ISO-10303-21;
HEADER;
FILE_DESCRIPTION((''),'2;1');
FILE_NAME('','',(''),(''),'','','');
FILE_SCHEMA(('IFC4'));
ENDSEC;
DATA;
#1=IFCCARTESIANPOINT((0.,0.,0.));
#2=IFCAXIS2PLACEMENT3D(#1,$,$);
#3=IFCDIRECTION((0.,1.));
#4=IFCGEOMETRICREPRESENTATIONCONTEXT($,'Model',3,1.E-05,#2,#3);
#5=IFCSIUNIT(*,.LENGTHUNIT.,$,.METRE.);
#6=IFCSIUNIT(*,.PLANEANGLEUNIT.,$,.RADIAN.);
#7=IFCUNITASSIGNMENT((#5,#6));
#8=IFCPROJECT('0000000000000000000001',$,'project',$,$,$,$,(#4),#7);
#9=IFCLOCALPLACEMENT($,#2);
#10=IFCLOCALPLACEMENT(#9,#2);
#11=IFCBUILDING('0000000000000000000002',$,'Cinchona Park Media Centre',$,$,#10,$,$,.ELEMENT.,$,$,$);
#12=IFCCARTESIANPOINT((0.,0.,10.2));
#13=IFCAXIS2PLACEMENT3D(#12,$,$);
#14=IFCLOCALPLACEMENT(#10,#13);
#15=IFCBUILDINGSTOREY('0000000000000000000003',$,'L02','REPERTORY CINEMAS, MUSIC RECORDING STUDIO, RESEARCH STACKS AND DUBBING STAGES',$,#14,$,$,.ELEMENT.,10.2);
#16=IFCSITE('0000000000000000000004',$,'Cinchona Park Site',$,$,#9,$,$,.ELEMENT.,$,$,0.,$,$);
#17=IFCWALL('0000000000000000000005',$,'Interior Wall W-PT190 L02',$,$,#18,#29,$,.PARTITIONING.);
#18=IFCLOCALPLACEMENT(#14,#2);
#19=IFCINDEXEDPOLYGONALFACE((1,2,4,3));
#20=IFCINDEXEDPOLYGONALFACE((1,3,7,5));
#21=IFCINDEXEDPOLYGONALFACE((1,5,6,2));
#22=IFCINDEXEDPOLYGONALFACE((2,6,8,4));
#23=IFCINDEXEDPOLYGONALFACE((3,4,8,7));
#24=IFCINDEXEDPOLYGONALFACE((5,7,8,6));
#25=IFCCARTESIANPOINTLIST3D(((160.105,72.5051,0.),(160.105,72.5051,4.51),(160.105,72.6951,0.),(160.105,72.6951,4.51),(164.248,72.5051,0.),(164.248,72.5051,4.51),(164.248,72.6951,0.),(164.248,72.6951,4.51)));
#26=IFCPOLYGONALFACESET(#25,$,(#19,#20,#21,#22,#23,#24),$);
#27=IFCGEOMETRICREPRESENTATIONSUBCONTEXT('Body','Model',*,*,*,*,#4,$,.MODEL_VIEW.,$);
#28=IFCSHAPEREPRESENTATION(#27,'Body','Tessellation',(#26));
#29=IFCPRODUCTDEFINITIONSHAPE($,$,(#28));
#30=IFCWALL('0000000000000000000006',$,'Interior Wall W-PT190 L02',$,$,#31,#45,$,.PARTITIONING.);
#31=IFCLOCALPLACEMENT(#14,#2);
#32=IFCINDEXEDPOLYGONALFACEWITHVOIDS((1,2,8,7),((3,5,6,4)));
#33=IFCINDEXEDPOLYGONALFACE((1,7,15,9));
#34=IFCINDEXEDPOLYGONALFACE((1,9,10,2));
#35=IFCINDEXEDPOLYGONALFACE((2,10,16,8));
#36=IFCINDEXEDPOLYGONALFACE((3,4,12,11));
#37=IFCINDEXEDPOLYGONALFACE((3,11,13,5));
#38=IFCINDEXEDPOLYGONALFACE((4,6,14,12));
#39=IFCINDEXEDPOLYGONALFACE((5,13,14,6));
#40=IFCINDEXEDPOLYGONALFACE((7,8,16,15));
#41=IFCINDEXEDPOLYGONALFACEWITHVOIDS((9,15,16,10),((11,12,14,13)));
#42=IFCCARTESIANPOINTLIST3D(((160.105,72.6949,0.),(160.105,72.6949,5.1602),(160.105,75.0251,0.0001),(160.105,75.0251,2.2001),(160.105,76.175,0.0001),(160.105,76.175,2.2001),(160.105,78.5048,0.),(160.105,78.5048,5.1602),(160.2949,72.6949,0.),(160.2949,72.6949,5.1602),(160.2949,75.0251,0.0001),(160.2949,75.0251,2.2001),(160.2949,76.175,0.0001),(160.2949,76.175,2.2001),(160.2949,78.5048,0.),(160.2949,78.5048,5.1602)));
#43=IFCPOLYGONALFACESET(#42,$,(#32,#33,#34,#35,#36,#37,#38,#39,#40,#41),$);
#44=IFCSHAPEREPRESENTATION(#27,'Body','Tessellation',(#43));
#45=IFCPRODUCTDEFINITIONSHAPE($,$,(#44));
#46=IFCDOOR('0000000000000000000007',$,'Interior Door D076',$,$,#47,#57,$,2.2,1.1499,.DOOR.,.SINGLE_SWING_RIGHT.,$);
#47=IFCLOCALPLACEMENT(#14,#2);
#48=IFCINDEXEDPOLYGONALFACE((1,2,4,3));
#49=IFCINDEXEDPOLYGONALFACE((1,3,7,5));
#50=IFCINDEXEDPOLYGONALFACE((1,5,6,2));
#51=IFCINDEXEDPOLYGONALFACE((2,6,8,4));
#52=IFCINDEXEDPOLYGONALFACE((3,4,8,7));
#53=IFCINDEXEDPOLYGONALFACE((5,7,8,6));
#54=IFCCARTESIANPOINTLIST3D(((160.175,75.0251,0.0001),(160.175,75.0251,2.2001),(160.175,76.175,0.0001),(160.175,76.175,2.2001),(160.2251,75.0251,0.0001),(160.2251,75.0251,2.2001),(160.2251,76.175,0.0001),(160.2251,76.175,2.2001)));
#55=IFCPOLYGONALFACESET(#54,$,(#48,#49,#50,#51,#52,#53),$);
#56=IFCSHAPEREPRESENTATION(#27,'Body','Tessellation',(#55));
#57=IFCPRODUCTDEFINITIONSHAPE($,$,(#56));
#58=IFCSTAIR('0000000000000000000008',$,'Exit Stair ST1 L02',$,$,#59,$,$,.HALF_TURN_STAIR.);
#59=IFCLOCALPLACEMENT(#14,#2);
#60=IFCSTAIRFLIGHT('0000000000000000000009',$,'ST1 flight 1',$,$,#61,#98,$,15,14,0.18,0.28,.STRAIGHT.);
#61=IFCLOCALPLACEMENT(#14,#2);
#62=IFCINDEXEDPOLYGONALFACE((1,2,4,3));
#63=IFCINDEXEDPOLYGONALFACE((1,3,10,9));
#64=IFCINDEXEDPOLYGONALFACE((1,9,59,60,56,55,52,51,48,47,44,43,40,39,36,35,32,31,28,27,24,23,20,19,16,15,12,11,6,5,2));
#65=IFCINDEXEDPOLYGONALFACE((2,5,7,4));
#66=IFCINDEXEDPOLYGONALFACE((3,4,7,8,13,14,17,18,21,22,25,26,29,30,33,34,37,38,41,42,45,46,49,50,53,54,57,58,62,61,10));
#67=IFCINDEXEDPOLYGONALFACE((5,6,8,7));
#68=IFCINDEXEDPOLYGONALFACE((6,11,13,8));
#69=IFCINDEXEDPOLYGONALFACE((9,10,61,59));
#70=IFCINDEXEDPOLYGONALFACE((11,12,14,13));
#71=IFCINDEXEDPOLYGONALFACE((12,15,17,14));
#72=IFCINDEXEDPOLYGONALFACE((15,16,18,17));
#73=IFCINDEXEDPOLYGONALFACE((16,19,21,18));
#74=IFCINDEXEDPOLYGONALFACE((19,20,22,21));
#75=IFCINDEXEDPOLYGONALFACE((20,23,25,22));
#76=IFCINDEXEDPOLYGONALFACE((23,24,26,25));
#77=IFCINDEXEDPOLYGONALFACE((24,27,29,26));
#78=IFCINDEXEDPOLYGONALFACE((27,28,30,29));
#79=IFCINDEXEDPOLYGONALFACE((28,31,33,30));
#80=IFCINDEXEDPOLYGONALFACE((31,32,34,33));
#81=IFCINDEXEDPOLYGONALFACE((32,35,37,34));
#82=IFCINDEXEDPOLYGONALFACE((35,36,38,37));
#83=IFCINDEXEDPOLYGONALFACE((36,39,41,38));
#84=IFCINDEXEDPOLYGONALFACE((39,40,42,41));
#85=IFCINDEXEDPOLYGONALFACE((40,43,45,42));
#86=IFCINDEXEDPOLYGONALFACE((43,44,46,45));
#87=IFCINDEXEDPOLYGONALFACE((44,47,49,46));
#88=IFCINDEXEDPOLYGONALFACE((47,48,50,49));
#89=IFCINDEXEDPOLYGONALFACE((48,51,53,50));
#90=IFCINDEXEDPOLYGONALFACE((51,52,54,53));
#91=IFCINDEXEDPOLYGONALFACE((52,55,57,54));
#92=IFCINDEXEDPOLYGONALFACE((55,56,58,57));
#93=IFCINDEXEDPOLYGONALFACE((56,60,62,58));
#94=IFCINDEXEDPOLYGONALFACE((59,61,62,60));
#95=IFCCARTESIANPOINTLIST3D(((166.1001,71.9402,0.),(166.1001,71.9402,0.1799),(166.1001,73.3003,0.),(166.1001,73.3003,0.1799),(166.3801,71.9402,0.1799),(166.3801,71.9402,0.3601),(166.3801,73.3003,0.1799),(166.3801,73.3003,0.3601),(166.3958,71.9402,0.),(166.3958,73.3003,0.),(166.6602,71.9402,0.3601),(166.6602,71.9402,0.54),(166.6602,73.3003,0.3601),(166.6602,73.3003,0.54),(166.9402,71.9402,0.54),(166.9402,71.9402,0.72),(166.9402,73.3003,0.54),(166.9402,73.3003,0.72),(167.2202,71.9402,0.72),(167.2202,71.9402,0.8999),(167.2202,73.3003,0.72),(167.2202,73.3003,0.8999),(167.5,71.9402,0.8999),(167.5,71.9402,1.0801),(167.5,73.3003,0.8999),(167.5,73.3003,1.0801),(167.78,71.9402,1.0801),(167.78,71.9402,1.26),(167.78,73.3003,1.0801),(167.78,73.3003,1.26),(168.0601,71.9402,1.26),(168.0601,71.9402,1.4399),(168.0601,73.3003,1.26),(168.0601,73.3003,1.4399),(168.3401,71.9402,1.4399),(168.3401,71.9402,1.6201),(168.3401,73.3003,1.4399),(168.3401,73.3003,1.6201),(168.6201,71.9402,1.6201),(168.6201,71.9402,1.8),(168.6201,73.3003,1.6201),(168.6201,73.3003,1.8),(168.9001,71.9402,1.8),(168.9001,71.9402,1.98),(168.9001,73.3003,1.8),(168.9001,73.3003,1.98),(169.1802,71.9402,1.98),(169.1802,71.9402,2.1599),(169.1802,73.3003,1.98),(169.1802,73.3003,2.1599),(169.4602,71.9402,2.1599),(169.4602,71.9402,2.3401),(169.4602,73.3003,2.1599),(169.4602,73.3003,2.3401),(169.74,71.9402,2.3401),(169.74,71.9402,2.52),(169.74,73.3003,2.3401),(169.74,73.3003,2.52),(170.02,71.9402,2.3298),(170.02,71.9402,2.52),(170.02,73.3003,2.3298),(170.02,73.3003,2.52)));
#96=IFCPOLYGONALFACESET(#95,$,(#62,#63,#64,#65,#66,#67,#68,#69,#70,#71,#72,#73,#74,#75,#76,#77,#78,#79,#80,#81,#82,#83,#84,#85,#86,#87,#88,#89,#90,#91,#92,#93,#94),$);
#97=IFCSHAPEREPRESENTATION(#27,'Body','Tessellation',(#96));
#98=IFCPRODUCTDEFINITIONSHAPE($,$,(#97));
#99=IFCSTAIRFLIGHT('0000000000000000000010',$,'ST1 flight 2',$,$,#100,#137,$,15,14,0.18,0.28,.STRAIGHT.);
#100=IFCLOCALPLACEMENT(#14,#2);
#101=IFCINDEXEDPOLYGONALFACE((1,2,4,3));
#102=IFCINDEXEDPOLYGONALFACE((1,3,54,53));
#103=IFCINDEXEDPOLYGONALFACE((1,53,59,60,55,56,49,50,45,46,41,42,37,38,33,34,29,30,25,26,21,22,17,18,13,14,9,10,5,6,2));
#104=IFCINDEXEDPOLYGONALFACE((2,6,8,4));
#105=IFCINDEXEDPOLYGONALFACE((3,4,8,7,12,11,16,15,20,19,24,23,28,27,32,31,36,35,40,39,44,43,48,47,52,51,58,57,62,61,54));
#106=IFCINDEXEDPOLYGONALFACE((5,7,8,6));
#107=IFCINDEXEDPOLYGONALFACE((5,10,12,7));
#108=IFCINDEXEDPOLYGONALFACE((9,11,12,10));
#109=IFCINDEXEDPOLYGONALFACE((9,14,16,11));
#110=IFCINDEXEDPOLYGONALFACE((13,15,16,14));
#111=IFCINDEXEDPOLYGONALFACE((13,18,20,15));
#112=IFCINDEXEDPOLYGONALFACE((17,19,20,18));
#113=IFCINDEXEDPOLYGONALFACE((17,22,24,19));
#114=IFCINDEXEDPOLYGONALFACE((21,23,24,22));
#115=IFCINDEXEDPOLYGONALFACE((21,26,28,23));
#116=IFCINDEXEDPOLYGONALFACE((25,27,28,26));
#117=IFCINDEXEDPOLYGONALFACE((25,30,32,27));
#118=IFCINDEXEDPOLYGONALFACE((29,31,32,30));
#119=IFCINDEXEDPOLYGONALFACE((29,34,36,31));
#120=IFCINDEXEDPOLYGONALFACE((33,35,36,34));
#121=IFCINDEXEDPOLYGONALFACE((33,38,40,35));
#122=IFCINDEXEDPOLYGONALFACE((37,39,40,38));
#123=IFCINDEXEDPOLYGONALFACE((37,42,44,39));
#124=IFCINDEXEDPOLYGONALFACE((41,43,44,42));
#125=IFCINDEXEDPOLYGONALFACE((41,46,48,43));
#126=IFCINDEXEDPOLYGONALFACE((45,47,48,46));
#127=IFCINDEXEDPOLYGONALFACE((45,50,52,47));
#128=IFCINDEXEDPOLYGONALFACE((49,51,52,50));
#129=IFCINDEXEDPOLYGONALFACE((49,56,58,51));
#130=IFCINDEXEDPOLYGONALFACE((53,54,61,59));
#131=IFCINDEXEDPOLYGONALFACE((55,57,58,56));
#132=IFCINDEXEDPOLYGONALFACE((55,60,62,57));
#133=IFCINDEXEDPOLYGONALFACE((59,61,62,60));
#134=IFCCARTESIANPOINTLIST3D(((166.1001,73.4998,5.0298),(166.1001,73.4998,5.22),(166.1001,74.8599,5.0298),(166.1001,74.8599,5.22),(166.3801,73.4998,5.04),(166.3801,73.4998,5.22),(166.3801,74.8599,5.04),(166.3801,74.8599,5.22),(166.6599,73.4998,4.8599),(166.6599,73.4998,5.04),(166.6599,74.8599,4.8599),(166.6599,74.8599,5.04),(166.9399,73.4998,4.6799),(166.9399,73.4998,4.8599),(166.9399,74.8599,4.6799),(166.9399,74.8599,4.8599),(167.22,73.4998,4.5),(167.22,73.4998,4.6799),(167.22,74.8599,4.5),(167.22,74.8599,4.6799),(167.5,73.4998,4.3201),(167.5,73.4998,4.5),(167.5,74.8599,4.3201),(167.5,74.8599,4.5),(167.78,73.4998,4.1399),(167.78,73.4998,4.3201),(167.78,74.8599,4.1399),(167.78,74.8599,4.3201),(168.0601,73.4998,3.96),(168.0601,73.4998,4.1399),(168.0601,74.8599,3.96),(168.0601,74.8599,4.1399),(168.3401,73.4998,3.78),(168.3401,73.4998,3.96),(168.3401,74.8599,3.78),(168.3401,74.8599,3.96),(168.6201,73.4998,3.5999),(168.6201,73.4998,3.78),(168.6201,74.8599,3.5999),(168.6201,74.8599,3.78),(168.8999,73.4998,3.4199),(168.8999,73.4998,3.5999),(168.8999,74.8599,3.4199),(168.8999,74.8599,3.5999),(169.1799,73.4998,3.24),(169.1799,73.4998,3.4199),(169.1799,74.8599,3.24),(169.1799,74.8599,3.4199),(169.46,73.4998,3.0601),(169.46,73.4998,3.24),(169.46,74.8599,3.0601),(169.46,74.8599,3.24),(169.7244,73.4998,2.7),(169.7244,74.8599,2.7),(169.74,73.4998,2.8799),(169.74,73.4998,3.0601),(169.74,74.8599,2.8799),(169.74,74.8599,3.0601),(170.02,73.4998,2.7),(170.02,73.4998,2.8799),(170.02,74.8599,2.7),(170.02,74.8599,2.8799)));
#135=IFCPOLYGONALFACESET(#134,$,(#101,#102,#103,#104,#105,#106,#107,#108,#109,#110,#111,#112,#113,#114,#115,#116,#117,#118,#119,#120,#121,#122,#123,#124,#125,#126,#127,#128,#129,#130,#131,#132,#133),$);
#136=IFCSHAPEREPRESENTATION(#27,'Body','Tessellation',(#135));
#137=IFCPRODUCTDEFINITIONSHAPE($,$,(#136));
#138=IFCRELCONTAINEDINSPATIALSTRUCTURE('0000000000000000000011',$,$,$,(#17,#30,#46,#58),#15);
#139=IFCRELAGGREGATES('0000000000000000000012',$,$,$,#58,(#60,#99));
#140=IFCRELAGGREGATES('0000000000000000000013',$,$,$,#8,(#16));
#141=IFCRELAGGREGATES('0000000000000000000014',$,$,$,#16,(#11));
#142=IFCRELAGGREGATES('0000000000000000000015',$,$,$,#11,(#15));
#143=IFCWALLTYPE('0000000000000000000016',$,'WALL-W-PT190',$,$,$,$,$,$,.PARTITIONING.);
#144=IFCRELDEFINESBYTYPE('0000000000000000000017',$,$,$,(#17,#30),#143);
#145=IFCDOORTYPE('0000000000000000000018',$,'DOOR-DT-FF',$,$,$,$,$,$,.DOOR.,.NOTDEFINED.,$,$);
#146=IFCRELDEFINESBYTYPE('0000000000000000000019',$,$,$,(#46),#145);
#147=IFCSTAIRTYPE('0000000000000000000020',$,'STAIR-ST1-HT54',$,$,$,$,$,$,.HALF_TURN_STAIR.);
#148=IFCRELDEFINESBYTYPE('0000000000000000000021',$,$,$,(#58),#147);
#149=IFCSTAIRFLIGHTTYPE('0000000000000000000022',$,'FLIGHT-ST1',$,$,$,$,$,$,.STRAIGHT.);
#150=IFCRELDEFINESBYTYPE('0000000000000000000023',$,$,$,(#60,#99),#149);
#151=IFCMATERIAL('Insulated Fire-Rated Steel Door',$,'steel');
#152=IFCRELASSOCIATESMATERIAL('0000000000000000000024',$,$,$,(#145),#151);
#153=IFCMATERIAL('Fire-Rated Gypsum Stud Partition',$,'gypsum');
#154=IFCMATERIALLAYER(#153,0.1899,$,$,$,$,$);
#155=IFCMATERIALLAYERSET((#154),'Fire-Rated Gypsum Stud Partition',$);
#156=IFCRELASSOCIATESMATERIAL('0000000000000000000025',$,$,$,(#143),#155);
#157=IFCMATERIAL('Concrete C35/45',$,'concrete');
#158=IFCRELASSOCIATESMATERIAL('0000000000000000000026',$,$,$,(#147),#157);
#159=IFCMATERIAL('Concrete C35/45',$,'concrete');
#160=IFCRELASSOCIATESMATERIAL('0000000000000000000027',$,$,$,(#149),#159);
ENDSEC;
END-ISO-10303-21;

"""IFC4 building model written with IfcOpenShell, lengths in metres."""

from ifc_helpers import new_model, si_unit, direction, frame, frame_2d, origin, place, context, subcontext, project, spatial, polyline, rectangle, outline, extrude, material, layer, layer_set, type_object, element, fill, aggregate, save


model = new_model("IFC4")

# Units and contexts
model_context = context("Model", 3, precision=1e-05, world=origin(), true_north=direction((0.0, 1.0)))
body_context = subcontext(model_context, "Body", "Model", "MODEL_VIEW")
ifc_project = project(units=[si_unit("LENGTHUNIT", "METRE"), si_unit("PLANEANGLEUNIT", "RADIAN")], contexts=[model_context])

# Site, building, storey
site_placement = place(None, origin())
site = spatial("IfcSite", under=ifc_project, at=site_placement, Name="Cinchona Park Site", CompositionType="ELEMENT", RefElevation=0.0)
building_placement = place(site_placement, origin())
building = spatial("IfcBuilding", under=site, at=building_placement, Name="Cinchona Park Media Centre", CompositionType="ELEMENT")
storey_placement = place(building_placement, frame((0.0, 0.0, 10.2)))
storey = spatial("IfcBuildingStorey", under=building, at=storey_placement, Name="L02", Description="REPERTORY CINEMAS, MUSIC RECORDING STUDIO, RESEARCH STACKS AND DUBBING STAGES", CompositionType="ELEMENT", Elevation=10.2)

# Shared definitions
ifc_material_1 = material(Name="Insulated Fire-Rated Steel Door", Category="steel")
door_type_1 = type_object("IfcDoorType", Name="DOOR-DT-FF", OperationType="NOTDEFINED", PredefinedType="DOOR", material=ifc_material_1)

# Wall
ifc_material_2 = material(Name="Fire-Rated Gypsum Stud Partition", Category="gypsum")
ifc_layer_1 = layer(ifc_material_2, 0.1899)
ifc_layer_set_1 = layer_set([ifc_layer_1], Name="Fire-Rated Gypsum Stud Partition")
wall_type_1 = type_object("IfcWallType", Name="WALL-W-PT190", PredefinedType="PARTITIONING", material=ifc_layer_set_1)
wall_1_placement = place(storey_placement, frame((160.105, 72.6001, 0.0), z_axis=(0.0, 0.0, 1.0), x_axis=(1.0, 0.0, 0.0)))
element("IfcWall", 1, at=wall_1_placement, inside=storey, type_object=wall_type_1, Name="Interior Wall W-PT190 L02", PredefinedType="PARTITIONING", context=body_context, shape_type="SweptSolid", body=[
    extrude(rectangle(XDim=4.1431, YDim=0.1899, at=frame_2d((2.0715, 0.0))), origin(), (0.0, 0.0, 1.0), 4.51),
])

# Wall, opening, door
wall_2_placement = place(storey_placement, frame((160.2, 72.6951, 0.0), z_axis=(0.0, 0.0, 1.0), x_axis=(0.0, 1.0, 0.0)))
wall_2 = element("IfcWall", 2, at=wall_2_placement, inside=storey, type_object=wall_type_1, Name="Interior Wall W-PT190 L02", PredefinedType="PARTITIONING", context=body_context, shape_type="SweptSolid", body=[
    extrude(rectangle(XDim=5.8098, YDim=0.1899, at=frame_2d((2.9048, 0.0))), origin(), (0.0, 0.0, 1.0), 5.1602),
])
opening_1_placement = place(wall_2_placement, frame((2.3301, 0.0, 0.0)))
opening_1 = element("IfcOpeningElement", 3, at=opening_1_placement, cuts=wall_2, PredefinedType="OPENING", context=body_context, shape_type="SweptSolid", body=[
    extrude(rectangle(XDim=1.1499, YDim=2.2, at=frame_2d((0.575, 1.1001))), frame((0.0, 0.105, 0.0), z_axis=(0.0, -1.0, 0.0), x_axis=(1.0, 0.0, 0.0)), (0.0, 0.0, 1.0), 0.21),
])
door_1_placement = place(opening_1_placement, origin())
door_1 = element("IfcDoor", 4, at=door_1_placement, inside=storey, type_object=door_type_1, Name="Interior Door D076", OperationType="SINGLE_SWING_RIGHT", OverallHeight=2.2, OverallWidth=1.1499, PredefinedType="DOOR", context=body_context, shape_type="SweptSolid", body=[
    extrude(rectangle(XDim=1.1499, YDim=2.2, at=frame_2d((0.575, 1.1001))), frame((0.0, 0.0249, 0.0), z_axis=(0.0, -1.0, 0.0), x_axis=(1.0, 0.0, 0.0)), (0.0, 0.0, 1.0), 0.05),
])
fill(opening_1, door_1)

# Stair, stair flights
ifc_material_3 = material(Name="Concrete C35/45", Category="concrete")
stair_type = type_object("IfcStairType", Name="STAIR-ST1-HT54", PredefinedType="HALF_TURN_STAIR", material=ifc_material_3)
stair_placement = place(storey_placement, origin())
stair = element("IfcStair", 5, at=stair_placement, inside=storey, type_object=stair_type, Name="Exit Stair ST1 L02", PredefinedType="HALF_TURN_STAIR")
ifc_material_4 = material(Name="Concrete C35/45", Category="concrete")
stair_flight_type = type_object("IfcStairFlightType", Name="FLIGHT-ST1", PredefinedType="STRAIGHT", material=ifc_material_4)
stair_flight_1_placement = place(storey_placement, frame((166.1001, 72.6201, 0.0), z_axis=(0.0, 0.0, 1.0), x_axis=(1.0, 0.0, 0.0)))
stair_flight_1 = element("IfcStairFlight", 6, at=stair_flight_1_placement, type_object=stair_flight_type, Name="ST1 flight 1", NumberOfRisers=15, NumberOfTreads=14, PredefinedType="STRAIGHT", RiserHeight=0.18, TreadLength=0.28, context=body_context, shape_type="SweptSolid", body=[
    extrude(outline(polyline([(0.0, 0.0), (0.0, 0.1799), (0.28, 0.1799), (0.28, 0.3601), (0.5601, 0.3601), (0.5601, 0.54), (0.8401, 0.54), (0.8401, 0.72), (1.1201, 0.72), (1.1201, 0.8999), (1.3999, 0.8999), (1.3999, 1.0801), (1.6799, 1.0801), (1.6799, 1.26), (1.96, 1.26), (1.96, 1.4399), (2.24, 1.4399), (2.24, 1.6201), (2.52, 1.6201), (2.52, 1.8), (2.8, 1.8), (2.8, 1.98), (3.0801, 1.98), (3.0801, 2.1599), (3.3601, 2.1599), (3.3601, 2.3401), (3.6399, 2.3401), (3.6399, 2.52), (3.9199, 2.52), (3.9199, 2.7), (3.9199, 2.3298), (0.2957, 0.0), (0.0, 0.0)])), frame((0.0, 0.6802, 0.0), z_axis=(0.0, -1.0, 0.0), x_axis=(1.0, 0.0, 0.0)), (0.0, 0.0, 1.0), 1.3601),
])
stair_flight_2_placement = place(storey_placement, frame((170.02, 74.1799, 2.7), z_axis=(0.0, 0.0, 1.0), x_axis=(-1.0, 0.0, 0.0)))
stair_flight_2 = element("IfcStairFlight", 7, at=stair_flight_2_placement, type_object=stair_flight_type, Name="ST1 flight 2", NumberOfRisers=15, NumberOfTreads=14, PredefinedType="STRAIGHT", RiserHeight=0.18, TreadLength=0.28, context=body_context, shape_type="SweptSolid", body=[
    extrude(outline(polyline([(0.0, 0.0), (0.0, 0.1799), (0.28, 0.1799), (0.28, 0.3601), (0.5601, 0.3601), (0.5601, 0.54), (0.8401, 0.54), (0.8401, 0.72), (1.1201, 0.72), (1.1201, 0.8999), (1.3999, 0.8999), (1.3999, 1.0801), (1.6799, 1.0801), (1.6799, 1.26), (1.96, 1.26), (1.96, 1.4399), (2.24, 1.4399), (2.24, 1.6201), (2.52, 1.6201), (2.52, 1.8), (2.8, 1.8), (2.8, 1.98), (3.0801, 1.98), (3.0801, 2.1599), (3.3601, 2.1599), (3.3601, 2.3401), (3.6399, 2.3401), (3.6399, 2.52), (3.9199, 2.52), (3.9199, 2.7), (3.9199, 2.3298), (0.2957, 0.0), (0.0, 0.0)])), frame((0.0, 0.6802, 0.0), z_axis=(0.0, -1.0, 0.0), x_axis=(1.0, 0.0, 0.0)), (0.0, 0.0, 1.0), 1.3601),
])
aggregate(stair, [stair_flight_1, stair_flight_2])

save(model, "model.ifc")
